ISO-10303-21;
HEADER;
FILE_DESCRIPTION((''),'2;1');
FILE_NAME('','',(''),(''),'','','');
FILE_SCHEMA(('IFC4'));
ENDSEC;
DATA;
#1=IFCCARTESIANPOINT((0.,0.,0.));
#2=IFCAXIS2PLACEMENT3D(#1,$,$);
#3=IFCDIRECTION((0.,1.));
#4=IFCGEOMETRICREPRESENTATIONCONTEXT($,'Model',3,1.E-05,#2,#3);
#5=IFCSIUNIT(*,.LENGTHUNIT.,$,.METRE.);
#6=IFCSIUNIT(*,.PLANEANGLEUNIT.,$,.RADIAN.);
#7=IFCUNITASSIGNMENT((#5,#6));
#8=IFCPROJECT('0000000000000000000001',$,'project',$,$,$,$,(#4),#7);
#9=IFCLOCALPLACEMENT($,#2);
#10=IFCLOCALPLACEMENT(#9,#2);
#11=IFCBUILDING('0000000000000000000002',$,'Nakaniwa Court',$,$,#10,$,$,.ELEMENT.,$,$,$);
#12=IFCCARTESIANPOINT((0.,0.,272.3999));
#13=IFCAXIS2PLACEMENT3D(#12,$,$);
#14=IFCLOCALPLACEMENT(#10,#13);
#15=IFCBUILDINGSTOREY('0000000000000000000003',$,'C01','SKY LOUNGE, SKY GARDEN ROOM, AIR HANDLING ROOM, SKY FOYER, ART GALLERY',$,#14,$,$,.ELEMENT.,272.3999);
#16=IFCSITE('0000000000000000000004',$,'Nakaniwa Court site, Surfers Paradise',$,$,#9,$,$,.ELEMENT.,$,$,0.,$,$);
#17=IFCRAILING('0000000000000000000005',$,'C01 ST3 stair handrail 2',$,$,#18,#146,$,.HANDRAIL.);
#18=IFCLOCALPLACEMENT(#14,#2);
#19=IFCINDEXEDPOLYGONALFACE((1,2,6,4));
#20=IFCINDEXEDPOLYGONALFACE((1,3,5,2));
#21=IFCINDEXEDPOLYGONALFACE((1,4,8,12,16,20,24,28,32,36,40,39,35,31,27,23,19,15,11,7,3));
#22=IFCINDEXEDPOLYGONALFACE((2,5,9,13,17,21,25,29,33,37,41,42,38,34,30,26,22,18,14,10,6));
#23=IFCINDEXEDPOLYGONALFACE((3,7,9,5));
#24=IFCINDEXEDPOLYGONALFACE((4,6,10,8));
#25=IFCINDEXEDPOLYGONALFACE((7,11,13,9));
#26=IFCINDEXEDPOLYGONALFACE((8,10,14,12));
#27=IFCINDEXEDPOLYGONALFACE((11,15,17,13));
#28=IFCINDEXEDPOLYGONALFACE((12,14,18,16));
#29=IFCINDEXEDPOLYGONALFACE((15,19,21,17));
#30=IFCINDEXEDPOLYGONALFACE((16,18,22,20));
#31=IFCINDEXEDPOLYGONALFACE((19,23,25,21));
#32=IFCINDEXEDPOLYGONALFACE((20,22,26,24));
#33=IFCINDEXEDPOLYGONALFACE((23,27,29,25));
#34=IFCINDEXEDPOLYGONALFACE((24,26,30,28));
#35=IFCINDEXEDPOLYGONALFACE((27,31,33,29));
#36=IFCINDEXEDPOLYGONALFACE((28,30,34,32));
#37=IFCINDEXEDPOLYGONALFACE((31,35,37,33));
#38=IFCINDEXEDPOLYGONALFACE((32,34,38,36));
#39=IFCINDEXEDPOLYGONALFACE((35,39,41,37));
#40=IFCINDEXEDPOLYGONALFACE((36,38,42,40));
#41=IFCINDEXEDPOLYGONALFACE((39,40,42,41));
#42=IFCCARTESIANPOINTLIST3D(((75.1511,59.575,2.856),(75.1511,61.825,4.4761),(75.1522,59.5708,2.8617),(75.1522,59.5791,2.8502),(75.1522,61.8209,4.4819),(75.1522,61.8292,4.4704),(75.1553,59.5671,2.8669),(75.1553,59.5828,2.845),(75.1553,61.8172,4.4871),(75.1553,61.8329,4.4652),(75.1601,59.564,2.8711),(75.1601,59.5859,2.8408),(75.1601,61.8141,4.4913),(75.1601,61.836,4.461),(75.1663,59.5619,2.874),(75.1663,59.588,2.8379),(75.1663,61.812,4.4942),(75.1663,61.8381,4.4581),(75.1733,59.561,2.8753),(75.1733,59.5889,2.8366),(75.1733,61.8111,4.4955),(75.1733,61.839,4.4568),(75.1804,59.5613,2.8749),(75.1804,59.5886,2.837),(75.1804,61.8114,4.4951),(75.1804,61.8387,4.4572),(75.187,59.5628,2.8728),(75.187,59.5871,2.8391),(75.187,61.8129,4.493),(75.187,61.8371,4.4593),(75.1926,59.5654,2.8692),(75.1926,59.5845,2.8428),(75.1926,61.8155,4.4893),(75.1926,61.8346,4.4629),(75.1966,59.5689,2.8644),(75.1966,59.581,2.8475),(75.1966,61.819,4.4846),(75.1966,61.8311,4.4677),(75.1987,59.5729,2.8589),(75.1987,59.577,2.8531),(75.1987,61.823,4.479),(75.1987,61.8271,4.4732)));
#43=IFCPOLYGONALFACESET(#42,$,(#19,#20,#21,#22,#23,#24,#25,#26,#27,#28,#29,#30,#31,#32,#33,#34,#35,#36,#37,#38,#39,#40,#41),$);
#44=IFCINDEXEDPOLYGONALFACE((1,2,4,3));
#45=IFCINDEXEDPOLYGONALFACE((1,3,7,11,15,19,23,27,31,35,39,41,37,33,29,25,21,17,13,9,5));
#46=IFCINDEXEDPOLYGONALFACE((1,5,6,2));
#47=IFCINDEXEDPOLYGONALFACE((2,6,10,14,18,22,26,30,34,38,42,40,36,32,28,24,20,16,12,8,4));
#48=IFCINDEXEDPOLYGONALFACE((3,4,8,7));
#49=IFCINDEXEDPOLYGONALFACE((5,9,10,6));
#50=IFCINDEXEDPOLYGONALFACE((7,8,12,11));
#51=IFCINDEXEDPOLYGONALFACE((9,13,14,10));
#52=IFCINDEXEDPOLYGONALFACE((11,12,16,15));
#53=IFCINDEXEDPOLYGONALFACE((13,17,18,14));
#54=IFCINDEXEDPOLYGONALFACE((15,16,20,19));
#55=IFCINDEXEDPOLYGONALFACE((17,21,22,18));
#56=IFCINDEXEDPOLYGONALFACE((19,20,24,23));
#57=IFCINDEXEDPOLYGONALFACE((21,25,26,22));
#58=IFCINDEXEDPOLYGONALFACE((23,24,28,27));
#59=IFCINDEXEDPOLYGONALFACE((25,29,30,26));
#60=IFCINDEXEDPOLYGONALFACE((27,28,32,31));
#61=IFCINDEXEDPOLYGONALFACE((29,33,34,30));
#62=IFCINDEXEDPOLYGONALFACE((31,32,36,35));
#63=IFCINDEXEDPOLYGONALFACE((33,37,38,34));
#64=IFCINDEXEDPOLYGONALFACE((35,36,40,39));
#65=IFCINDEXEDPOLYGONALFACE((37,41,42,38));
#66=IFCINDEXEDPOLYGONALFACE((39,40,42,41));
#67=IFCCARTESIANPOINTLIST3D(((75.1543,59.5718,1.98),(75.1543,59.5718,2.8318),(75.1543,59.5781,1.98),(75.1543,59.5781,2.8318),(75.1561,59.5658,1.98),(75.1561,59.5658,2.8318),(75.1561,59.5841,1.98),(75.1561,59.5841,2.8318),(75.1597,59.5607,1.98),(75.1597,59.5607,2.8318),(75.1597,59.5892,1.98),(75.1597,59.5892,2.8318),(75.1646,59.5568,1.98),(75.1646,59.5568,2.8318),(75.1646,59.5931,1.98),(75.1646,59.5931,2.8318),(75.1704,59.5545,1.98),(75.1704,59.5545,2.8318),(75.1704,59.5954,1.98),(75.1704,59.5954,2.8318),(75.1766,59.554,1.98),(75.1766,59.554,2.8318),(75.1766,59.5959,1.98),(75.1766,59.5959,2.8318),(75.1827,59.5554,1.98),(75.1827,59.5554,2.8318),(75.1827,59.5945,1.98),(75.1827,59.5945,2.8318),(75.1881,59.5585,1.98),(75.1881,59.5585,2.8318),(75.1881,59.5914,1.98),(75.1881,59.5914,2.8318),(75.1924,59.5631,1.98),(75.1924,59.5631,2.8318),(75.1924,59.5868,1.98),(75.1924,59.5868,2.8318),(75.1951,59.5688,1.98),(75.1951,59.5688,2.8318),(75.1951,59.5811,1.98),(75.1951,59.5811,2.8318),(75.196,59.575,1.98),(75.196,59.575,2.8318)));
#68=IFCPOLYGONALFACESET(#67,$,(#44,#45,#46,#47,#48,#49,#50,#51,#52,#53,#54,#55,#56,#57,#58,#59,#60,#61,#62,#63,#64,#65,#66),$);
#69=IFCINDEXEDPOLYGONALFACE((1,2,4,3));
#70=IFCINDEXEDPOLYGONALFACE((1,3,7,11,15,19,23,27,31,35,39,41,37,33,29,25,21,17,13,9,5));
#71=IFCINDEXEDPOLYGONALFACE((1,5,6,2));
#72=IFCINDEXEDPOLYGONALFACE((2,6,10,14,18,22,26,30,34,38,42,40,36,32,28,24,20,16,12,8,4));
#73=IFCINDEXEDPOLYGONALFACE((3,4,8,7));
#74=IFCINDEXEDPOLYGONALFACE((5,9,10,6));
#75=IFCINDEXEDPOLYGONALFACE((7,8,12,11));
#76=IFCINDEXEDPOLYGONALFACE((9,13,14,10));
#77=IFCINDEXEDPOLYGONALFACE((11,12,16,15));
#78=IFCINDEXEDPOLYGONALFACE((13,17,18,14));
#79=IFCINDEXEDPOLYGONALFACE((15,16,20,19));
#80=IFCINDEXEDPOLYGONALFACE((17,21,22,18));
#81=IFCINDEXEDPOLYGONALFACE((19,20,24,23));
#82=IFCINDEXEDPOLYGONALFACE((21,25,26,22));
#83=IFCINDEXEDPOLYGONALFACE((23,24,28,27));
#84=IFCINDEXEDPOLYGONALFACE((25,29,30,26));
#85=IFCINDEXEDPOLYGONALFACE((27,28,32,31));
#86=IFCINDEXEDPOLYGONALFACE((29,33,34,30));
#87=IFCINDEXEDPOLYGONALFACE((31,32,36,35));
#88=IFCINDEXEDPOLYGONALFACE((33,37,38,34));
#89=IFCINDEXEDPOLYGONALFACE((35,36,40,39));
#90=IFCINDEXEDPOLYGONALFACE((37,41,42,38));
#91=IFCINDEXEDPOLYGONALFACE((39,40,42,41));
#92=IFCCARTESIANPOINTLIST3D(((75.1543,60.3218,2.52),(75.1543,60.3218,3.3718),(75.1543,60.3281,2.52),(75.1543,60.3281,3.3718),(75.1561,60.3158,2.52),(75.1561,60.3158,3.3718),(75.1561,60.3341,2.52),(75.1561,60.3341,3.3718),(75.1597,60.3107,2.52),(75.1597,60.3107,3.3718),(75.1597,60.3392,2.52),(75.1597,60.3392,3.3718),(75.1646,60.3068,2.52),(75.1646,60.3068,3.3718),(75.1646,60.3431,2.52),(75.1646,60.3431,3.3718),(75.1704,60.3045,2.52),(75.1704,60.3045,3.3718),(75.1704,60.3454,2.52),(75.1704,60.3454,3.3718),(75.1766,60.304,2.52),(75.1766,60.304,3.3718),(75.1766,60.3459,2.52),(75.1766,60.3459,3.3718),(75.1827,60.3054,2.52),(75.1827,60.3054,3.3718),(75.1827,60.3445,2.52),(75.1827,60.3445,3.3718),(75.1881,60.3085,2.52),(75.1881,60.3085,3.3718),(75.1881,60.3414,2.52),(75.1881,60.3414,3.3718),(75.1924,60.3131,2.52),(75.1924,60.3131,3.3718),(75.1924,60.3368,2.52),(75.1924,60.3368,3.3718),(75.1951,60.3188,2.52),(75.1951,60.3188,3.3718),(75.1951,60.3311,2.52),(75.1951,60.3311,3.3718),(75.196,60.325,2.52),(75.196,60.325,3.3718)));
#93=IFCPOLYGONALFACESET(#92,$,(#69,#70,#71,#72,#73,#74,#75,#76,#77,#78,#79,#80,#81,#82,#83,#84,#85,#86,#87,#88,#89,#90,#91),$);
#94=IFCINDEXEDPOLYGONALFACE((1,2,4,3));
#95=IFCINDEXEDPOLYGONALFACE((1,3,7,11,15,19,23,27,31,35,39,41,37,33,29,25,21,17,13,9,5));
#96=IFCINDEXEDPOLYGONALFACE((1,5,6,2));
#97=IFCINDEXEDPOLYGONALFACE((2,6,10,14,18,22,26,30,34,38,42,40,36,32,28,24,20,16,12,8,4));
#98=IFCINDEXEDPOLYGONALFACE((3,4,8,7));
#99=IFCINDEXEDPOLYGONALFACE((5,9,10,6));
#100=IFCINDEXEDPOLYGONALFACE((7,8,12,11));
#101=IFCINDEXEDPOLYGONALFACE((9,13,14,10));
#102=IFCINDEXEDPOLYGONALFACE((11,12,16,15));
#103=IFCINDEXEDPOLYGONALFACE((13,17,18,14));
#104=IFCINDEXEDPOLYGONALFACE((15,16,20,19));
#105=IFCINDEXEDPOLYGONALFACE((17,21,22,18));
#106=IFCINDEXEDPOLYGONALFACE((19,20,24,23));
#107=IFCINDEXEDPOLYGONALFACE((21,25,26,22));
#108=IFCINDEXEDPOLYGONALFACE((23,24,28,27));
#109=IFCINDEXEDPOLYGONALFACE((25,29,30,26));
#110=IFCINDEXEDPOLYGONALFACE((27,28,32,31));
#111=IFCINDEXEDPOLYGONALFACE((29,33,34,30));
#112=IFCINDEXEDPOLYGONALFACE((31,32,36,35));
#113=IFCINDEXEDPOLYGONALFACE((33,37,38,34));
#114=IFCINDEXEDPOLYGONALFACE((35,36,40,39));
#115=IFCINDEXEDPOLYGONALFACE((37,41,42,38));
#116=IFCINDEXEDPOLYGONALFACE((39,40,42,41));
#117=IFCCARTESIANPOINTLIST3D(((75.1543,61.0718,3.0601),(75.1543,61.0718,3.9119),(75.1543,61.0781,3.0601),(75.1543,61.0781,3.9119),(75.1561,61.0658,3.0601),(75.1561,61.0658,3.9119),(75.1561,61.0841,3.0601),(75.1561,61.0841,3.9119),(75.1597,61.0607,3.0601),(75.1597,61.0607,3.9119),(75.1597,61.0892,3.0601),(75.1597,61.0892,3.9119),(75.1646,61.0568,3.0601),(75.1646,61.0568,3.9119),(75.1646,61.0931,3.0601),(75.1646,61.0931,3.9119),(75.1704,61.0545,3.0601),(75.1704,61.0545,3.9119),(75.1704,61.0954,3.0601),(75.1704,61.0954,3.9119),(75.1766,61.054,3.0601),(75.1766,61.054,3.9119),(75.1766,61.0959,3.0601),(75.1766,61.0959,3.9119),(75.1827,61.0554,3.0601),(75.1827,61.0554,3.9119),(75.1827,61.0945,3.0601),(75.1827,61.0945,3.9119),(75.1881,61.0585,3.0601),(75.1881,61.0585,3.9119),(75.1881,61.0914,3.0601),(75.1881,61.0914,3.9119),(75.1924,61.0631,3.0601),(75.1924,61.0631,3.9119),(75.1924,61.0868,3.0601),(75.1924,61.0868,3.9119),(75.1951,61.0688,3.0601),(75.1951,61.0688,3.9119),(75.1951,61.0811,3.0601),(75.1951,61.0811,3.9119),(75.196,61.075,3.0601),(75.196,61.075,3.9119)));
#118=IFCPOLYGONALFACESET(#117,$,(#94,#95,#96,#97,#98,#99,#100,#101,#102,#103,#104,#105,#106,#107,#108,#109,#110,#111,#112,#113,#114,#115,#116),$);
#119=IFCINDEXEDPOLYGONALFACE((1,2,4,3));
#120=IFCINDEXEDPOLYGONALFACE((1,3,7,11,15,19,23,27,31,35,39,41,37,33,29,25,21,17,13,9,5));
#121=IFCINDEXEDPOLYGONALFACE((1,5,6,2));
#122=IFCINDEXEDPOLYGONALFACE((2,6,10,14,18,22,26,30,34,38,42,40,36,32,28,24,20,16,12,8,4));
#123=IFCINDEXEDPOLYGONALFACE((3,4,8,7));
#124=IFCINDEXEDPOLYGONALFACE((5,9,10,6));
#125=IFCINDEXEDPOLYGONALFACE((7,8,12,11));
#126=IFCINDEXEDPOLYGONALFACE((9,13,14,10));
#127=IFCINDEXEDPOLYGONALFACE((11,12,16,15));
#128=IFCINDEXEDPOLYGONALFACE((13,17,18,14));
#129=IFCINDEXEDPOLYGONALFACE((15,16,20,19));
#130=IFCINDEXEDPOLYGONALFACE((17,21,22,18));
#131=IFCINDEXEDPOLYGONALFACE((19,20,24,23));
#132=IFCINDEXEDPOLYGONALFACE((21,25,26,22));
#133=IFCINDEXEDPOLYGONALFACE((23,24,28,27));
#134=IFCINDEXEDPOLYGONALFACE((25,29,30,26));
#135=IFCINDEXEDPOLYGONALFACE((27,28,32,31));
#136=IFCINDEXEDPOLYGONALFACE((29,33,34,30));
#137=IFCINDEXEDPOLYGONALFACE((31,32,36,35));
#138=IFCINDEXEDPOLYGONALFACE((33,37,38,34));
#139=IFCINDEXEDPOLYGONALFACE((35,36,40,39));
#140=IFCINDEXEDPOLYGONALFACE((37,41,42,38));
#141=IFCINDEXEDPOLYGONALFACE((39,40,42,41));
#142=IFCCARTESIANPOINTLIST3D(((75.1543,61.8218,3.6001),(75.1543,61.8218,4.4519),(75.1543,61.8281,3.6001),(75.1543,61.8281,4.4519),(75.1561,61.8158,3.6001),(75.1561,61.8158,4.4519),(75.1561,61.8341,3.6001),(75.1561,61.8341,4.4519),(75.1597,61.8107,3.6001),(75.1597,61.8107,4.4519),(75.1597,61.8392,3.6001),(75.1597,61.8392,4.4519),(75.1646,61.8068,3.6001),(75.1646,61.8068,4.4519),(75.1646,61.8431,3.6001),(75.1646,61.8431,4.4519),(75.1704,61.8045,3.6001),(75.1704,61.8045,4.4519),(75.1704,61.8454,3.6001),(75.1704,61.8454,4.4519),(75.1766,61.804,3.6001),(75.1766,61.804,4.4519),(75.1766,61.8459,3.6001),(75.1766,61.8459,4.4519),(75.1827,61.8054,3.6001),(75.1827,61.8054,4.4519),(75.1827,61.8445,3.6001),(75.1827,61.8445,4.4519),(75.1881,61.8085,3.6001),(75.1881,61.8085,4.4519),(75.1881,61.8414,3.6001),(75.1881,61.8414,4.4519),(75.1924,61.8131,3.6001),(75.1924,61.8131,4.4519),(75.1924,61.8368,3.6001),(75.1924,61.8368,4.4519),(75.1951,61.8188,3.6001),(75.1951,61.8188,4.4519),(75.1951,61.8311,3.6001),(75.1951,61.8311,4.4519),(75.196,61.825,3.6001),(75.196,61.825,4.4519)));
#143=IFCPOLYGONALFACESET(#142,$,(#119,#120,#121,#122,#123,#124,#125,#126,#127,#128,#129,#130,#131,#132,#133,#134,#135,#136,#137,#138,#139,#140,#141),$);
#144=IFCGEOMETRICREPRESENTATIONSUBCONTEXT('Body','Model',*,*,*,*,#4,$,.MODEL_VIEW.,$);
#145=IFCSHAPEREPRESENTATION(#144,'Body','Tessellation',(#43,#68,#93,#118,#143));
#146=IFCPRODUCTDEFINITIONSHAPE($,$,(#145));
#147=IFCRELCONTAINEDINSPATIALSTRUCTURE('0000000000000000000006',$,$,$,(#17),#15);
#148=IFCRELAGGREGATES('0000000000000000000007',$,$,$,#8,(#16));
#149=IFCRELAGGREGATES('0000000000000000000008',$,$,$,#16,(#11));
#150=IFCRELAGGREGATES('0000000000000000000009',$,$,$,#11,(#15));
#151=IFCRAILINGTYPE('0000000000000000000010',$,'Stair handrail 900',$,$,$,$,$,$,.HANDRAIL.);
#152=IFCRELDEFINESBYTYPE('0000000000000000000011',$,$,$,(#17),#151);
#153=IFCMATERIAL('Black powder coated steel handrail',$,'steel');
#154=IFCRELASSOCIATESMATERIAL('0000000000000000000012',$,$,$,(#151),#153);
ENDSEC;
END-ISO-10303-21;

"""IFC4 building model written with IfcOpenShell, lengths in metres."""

from ifc_helpers import new_model, si_unit, direction, frame, origin, origin_2d, place, context, subcontext, project, spatial, circle, extrude, material, type_object, element, save


model = new_model("IFC4")

# Units and contexts
model_context = context("Model", 3, precision=1e-05, world=origin(), true_north=direction((0.0, 1.0)))
body_context = subcontext(model_context, "Body", "Model", "MODEL_VIEW")
ifc_project = project(units=[si_unit("LENGTHUNIT", "METRE"), si_unit("PLANEANGLEUNIT", "RADIAN")], contexts=[model_context])

# Site, building, storey
site_placement = place(None, origin())
site = spatial("IfcSite", under=ifc_project, at=site_placement, Name="Nakaniwa Court site, Surfers Paradise", CompositionType="ELEMENT", RefElevation=0.0)
building_placement = place(site_placement, origin())
building = spatial("IfcBuilding", under=site, at=building_placement, Name="Nakaniwa Court", CompositionType="ELEMENT")
storey_placement = place(building_placement, frame((0.0, 0.0, 272.3999)))
storey = spatial("IfcBuildingStorey", under=building, at=storey_placement, Name="C01", Description="SKY LOUNGE, SKY GARDEN ROOM, AIR HANDLING ROOM, SKY FOYER, ART GALLERY", CompositionType="ELEMENT", Elevation=272.3999)

# Railing
ifc_material_1 = material(Name="Black powder coated steel handrail", Category="steel")
railing_type_1 = type_object("IfcRailingType", Name="Stair handrail 900", PredefinedType="HANDRAIL", material=ifc_material_1)
railing_1_placement = place(storey_placement, frame((75.175, 59.575, 1.98)))
element("IfcRailing", 1, at=railing_1_placement, inside=storey, type_object=railing_type_1, Name="C01 ST3 stair handrail 2", PredefinedType="HANDRAIL", context=body_context, shape_type="SweptSolid", body=[
    extrude(circle(Radius=0.0239, at=origin_2d()), frame((0.0, 0.0, 0.876), z_axis=(0.0, 0.811514, 0.584333), x_axis=(-1.0, 0.0, 0.0)), (0.0, 0.0, 1.0), 2.7727),
    extrude(circle(Radius=0.021, at=origin_2d()), origin(), (0.0, 0.0, 1.0), 0.8518),
    extrude(circle(Radius=0.021, at=origin_2d()), frame((0.0, 0.75, 0.54)), (0.0, 0.0, 1.0), 0.8518),
    extrude(circle(Radius=0.021, at=origin_2d()), frame((0.0, 1.5, 1.0801)), (0.0, 0.0, 1.0), 0.8518),
    extrude(circle(Radius=0.021, at=origin_2d()), frame((0.0, 2.25, 1.6201)), (0.0, 0.0, 1.0), 0.8518),
])

save(model, "model.ifc")
